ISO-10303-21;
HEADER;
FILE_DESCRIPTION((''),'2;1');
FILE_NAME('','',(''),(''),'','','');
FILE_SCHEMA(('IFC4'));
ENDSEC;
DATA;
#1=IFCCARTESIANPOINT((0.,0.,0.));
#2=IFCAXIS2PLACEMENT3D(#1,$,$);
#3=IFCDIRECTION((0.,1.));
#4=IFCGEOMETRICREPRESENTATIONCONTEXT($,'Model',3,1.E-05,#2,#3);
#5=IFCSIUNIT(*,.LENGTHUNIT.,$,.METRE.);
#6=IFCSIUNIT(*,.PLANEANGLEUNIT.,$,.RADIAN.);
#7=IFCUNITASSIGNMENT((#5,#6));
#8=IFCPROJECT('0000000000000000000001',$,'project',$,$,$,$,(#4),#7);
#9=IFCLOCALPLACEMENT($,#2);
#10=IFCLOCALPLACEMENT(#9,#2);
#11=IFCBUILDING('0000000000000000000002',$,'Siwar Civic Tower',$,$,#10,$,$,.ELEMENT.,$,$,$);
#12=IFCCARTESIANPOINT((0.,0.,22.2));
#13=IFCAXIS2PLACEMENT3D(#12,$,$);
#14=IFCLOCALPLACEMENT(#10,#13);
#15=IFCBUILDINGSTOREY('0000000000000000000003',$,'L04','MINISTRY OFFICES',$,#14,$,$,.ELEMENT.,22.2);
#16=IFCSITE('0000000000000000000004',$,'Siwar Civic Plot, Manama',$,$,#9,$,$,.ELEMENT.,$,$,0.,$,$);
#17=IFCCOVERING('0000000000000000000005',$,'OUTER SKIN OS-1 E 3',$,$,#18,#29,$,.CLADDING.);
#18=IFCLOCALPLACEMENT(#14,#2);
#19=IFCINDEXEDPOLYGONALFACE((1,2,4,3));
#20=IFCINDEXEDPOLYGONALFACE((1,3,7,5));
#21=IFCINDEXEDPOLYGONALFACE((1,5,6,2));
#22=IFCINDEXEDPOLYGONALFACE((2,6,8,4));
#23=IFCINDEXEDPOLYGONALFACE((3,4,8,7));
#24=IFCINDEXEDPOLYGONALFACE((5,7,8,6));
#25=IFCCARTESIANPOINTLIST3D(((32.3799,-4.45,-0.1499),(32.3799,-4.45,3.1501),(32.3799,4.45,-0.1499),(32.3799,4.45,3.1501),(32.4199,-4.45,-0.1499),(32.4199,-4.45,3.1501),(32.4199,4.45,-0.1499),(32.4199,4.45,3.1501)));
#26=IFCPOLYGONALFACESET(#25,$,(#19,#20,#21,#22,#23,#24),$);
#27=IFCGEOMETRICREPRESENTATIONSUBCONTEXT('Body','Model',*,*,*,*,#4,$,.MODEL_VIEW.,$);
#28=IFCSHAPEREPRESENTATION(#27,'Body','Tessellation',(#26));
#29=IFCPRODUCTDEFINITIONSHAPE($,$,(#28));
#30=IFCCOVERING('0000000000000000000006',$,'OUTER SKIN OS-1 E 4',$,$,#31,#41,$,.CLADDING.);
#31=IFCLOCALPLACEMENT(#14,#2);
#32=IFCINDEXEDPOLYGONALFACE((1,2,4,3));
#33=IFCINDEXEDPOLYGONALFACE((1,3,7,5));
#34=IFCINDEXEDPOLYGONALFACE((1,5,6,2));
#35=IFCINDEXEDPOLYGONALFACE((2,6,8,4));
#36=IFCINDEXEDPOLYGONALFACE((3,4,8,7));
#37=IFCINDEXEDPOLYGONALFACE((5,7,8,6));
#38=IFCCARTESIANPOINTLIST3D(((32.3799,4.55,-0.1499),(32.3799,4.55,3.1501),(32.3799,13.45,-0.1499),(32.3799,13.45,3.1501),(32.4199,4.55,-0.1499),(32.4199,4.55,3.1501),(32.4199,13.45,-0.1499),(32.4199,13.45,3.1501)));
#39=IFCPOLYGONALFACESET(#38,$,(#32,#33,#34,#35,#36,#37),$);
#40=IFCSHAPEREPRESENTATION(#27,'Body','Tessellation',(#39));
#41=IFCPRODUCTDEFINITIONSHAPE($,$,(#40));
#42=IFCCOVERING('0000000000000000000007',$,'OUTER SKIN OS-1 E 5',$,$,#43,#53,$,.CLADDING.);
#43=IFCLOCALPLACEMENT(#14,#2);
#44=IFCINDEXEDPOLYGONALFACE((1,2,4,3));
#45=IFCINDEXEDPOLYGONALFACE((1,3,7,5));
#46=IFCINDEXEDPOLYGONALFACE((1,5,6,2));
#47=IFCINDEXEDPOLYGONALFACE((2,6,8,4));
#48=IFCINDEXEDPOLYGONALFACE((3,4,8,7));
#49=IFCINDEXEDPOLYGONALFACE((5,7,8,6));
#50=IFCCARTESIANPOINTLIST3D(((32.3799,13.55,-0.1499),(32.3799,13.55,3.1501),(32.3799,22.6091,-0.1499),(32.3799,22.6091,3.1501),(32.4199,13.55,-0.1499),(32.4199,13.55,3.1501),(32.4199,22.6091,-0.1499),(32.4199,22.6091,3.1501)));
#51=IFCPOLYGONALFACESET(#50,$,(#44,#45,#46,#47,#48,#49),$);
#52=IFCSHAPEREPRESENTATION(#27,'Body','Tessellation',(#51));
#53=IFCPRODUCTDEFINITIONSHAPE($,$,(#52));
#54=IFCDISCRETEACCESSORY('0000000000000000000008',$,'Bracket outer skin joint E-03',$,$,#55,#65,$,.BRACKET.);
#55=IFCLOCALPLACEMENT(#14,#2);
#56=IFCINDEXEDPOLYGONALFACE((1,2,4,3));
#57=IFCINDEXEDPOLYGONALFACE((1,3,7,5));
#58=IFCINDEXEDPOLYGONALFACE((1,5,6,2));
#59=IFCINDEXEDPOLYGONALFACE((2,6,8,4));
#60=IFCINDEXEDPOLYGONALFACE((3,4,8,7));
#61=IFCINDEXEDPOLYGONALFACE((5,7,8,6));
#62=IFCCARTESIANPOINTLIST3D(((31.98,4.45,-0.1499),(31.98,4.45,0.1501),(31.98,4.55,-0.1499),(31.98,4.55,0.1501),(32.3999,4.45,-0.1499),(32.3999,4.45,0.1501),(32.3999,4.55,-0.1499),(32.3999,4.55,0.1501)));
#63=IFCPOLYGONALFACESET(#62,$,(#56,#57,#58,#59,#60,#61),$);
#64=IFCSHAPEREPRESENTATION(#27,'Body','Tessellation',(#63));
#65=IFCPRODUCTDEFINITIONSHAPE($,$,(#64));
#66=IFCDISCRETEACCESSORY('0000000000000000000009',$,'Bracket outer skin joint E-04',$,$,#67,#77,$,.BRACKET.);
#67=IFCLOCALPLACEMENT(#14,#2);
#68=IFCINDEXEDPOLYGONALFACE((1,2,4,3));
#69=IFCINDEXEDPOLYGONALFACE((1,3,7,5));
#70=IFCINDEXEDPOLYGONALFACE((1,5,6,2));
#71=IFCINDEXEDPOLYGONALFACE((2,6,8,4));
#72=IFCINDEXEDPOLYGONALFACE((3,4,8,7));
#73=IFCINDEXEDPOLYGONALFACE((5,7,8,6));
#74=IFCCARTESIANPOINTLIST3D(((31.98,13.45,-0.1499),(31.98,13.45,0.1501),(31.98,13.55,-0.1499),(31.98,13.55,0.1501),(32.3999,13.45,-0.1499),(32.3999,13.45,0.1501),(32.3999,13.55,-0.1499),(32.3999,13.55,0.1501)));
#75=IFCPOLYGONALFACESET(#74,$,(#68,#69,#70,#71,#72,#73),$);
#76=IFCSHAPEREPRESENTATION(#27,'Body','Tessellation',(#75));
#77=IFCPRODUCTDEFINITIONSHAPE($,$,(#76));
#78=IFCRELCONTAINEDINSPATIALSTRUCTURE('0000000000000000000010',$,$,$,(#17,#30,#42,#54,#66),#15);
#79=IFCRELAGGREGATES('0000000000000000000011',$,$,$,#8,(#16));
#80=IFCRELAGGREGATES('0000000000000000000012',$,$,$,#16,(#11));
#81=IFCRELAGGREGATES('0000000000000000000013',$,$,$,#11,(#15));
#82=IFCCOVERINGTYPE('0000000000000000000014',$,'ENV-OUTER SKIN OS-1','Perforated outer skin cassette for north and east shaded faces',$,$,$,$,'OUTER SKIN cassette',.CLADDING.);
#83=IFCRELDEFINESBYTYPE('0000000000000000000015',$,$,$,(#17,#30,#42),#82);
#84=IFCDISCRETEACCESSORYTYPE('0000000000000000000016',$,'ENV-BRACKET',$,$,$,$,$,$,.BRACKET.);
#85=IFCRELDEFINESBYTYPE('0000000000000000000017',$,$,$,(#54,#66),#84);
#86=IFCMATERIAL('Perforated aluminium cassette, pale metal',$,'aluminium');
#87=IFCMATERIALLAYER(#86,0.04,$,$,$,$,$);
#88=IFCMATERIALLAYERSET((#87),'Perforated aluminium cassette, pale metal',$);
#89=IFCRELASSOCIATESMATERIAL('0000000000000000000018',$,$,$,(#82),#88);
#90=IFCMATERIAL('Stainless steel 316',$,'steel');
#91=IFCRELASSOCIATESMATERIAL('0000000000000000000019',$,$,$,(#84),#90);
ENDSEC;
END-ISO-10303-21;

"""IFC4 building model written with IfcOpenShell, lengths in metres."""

from ifc_helpers import new_model, si_unit, direction, frame, origin, origin_2d, place, context, subcontext, project, spatial, rectangle, extrude, material, layer, layer_set, type_object, element, save


model = new_model("IFC4")

# Units and contexts
model_context = context("Model", 3, precision=1e-05, world=origin(), true_north=direction((0.0, 1.0)))
body_context = subcontext(model_context, "Body", "Model", "MODEL_VIEW")
ifc_project = project(units=[si_unit("LENGTHUNIT", "METRE"), si_unit("PLANEANGLEUNIT", "RADIAN")], contexts=[model_context])

# Site, building, storey
site_placement = place(None, origin())
site = spatial("IfcSite", under=ifc_project, at=site_placement, Name="Siwar Civic Plot, Manama", CompositionType="ELEMENT", RefElevation=0.0)
building_placement = place(site_placement, origin())
building = spatial("IfcBuilding", under=site, at=building_placement, Name="Siwar Civic Tower", CompositionType="ELEMENT")
storey_placement = place(building_placement, frame((0.0, 0.0, 22.2)))
storey = spatial("IfcBuildingStorey", under=building, at=storey_placement, Name="L04", Description="MINISTRY OFFICES", CompositionType="ELEMENT", Elevation=22.2)

# Coverings
ifc_material_1 = material(Name="Perforated aluminium cassette, pale metal", Category="aluminium")
ifc_layer_1 = layer(ifc_material_1, 0.04)
ifc_layer_set_1 = layer_set([ifc_layer_1], Name="Perforated aluminium cassette, pale metal")
covering_type = type_object("IfcCoveringType", Name="ENV-OUTER SKIN OS-1", Description="Perforated outer skin cassette for north and east shaded faces", ElementType="OUTER SKIN cassette", PredefinedType="CLADDING", material=ifc_layer_set_1)
for number, where, z_axis, x_axis, name in (
    (1, (32.3999, 0.0, -0.1499), (0.0, 0.0, 1.0), (0.0, 1.0, 0.0), "OUTER SKIN OS-1 E 3"),
    (2, (32.3999, 9.0, -0.1499), (0.0, 0.0, 1.0), (0.0, 1.0, 0.0), "OUTER SKIN OS-1 E 4"),
):
    element("IfcCovering", number, at=place(storey_placement, frame(where, z_axis=z_axis, x_axis=x_axis)), inside=storey, type_object=covering_type, Name=name, PredefinedType="CLADDING", context=body_context, shape_type="SweptSolid", body=[
        extrude(rectangle(XDim=8.8999, YDim=0.04, at=origin_2d()), origin(), (0.0, 0.0, 1.0), 3.3),
    ])
covering_placement = place(storey_placement, frame((32.3999, 18.0796, -0.1499), z_axis=(0.0, 0.0, 1.0), x_axis=(0.0, 1.0, 0.0)))
element("IfcCovering", 3, at=covering_placement, inside=storey, type_object=covering_type, Name="OUTER SKIN OS-1 E 5", PredefinedType="CLADDING", context=body_context, shape_type="SweptSolid", body=[
    extrude(rectangle(XDim=9.0591, YDim=0.04, at=origin_2d()), origin(), (0.0, 0.0, 1.0), 3.3),
])

# Discrete accessories
ifc_material_2 = material(Name="Stainless steel 316", Category="steel")
discrete_accessory_type = type_object("IfcDiscreteAccessoryType", Name="ENV-BRACKET", PredefinedType="BRACKET", material=ifc_material_2)
for number, where, z_axis, x_axis, name in (
    (4, (32.1899, 4.5, -0.1499), (0.0, 0.0, 1.0), (1.0, 0.0, 0.0), "Bracket outer skin joint E-03"),
    (5, (32.1899, 13.5, -0.1499), (0.0, 0.0, 1.0), (1.0, 0.0, 0.0), "Bracket outer skin joint E-04"),
):
    element("IfcDiscreteAccessory", number, at=place(storey_placement, frame(where, z_axis=z_axis, x_axis=x_axis)), inside=storey, type_object=discrete_accessory_type, Name=name, PredefinedType="BRACKET", context=body_context, shape_type="SweptSolid", body=[
        extrude(rectangle(XDim=0.4199, YDim=0.1001, at=origin_2d()), origin(), (0.0, 0.0, 1.0), 0.3),
    ])

save(model, "model.ifc")
